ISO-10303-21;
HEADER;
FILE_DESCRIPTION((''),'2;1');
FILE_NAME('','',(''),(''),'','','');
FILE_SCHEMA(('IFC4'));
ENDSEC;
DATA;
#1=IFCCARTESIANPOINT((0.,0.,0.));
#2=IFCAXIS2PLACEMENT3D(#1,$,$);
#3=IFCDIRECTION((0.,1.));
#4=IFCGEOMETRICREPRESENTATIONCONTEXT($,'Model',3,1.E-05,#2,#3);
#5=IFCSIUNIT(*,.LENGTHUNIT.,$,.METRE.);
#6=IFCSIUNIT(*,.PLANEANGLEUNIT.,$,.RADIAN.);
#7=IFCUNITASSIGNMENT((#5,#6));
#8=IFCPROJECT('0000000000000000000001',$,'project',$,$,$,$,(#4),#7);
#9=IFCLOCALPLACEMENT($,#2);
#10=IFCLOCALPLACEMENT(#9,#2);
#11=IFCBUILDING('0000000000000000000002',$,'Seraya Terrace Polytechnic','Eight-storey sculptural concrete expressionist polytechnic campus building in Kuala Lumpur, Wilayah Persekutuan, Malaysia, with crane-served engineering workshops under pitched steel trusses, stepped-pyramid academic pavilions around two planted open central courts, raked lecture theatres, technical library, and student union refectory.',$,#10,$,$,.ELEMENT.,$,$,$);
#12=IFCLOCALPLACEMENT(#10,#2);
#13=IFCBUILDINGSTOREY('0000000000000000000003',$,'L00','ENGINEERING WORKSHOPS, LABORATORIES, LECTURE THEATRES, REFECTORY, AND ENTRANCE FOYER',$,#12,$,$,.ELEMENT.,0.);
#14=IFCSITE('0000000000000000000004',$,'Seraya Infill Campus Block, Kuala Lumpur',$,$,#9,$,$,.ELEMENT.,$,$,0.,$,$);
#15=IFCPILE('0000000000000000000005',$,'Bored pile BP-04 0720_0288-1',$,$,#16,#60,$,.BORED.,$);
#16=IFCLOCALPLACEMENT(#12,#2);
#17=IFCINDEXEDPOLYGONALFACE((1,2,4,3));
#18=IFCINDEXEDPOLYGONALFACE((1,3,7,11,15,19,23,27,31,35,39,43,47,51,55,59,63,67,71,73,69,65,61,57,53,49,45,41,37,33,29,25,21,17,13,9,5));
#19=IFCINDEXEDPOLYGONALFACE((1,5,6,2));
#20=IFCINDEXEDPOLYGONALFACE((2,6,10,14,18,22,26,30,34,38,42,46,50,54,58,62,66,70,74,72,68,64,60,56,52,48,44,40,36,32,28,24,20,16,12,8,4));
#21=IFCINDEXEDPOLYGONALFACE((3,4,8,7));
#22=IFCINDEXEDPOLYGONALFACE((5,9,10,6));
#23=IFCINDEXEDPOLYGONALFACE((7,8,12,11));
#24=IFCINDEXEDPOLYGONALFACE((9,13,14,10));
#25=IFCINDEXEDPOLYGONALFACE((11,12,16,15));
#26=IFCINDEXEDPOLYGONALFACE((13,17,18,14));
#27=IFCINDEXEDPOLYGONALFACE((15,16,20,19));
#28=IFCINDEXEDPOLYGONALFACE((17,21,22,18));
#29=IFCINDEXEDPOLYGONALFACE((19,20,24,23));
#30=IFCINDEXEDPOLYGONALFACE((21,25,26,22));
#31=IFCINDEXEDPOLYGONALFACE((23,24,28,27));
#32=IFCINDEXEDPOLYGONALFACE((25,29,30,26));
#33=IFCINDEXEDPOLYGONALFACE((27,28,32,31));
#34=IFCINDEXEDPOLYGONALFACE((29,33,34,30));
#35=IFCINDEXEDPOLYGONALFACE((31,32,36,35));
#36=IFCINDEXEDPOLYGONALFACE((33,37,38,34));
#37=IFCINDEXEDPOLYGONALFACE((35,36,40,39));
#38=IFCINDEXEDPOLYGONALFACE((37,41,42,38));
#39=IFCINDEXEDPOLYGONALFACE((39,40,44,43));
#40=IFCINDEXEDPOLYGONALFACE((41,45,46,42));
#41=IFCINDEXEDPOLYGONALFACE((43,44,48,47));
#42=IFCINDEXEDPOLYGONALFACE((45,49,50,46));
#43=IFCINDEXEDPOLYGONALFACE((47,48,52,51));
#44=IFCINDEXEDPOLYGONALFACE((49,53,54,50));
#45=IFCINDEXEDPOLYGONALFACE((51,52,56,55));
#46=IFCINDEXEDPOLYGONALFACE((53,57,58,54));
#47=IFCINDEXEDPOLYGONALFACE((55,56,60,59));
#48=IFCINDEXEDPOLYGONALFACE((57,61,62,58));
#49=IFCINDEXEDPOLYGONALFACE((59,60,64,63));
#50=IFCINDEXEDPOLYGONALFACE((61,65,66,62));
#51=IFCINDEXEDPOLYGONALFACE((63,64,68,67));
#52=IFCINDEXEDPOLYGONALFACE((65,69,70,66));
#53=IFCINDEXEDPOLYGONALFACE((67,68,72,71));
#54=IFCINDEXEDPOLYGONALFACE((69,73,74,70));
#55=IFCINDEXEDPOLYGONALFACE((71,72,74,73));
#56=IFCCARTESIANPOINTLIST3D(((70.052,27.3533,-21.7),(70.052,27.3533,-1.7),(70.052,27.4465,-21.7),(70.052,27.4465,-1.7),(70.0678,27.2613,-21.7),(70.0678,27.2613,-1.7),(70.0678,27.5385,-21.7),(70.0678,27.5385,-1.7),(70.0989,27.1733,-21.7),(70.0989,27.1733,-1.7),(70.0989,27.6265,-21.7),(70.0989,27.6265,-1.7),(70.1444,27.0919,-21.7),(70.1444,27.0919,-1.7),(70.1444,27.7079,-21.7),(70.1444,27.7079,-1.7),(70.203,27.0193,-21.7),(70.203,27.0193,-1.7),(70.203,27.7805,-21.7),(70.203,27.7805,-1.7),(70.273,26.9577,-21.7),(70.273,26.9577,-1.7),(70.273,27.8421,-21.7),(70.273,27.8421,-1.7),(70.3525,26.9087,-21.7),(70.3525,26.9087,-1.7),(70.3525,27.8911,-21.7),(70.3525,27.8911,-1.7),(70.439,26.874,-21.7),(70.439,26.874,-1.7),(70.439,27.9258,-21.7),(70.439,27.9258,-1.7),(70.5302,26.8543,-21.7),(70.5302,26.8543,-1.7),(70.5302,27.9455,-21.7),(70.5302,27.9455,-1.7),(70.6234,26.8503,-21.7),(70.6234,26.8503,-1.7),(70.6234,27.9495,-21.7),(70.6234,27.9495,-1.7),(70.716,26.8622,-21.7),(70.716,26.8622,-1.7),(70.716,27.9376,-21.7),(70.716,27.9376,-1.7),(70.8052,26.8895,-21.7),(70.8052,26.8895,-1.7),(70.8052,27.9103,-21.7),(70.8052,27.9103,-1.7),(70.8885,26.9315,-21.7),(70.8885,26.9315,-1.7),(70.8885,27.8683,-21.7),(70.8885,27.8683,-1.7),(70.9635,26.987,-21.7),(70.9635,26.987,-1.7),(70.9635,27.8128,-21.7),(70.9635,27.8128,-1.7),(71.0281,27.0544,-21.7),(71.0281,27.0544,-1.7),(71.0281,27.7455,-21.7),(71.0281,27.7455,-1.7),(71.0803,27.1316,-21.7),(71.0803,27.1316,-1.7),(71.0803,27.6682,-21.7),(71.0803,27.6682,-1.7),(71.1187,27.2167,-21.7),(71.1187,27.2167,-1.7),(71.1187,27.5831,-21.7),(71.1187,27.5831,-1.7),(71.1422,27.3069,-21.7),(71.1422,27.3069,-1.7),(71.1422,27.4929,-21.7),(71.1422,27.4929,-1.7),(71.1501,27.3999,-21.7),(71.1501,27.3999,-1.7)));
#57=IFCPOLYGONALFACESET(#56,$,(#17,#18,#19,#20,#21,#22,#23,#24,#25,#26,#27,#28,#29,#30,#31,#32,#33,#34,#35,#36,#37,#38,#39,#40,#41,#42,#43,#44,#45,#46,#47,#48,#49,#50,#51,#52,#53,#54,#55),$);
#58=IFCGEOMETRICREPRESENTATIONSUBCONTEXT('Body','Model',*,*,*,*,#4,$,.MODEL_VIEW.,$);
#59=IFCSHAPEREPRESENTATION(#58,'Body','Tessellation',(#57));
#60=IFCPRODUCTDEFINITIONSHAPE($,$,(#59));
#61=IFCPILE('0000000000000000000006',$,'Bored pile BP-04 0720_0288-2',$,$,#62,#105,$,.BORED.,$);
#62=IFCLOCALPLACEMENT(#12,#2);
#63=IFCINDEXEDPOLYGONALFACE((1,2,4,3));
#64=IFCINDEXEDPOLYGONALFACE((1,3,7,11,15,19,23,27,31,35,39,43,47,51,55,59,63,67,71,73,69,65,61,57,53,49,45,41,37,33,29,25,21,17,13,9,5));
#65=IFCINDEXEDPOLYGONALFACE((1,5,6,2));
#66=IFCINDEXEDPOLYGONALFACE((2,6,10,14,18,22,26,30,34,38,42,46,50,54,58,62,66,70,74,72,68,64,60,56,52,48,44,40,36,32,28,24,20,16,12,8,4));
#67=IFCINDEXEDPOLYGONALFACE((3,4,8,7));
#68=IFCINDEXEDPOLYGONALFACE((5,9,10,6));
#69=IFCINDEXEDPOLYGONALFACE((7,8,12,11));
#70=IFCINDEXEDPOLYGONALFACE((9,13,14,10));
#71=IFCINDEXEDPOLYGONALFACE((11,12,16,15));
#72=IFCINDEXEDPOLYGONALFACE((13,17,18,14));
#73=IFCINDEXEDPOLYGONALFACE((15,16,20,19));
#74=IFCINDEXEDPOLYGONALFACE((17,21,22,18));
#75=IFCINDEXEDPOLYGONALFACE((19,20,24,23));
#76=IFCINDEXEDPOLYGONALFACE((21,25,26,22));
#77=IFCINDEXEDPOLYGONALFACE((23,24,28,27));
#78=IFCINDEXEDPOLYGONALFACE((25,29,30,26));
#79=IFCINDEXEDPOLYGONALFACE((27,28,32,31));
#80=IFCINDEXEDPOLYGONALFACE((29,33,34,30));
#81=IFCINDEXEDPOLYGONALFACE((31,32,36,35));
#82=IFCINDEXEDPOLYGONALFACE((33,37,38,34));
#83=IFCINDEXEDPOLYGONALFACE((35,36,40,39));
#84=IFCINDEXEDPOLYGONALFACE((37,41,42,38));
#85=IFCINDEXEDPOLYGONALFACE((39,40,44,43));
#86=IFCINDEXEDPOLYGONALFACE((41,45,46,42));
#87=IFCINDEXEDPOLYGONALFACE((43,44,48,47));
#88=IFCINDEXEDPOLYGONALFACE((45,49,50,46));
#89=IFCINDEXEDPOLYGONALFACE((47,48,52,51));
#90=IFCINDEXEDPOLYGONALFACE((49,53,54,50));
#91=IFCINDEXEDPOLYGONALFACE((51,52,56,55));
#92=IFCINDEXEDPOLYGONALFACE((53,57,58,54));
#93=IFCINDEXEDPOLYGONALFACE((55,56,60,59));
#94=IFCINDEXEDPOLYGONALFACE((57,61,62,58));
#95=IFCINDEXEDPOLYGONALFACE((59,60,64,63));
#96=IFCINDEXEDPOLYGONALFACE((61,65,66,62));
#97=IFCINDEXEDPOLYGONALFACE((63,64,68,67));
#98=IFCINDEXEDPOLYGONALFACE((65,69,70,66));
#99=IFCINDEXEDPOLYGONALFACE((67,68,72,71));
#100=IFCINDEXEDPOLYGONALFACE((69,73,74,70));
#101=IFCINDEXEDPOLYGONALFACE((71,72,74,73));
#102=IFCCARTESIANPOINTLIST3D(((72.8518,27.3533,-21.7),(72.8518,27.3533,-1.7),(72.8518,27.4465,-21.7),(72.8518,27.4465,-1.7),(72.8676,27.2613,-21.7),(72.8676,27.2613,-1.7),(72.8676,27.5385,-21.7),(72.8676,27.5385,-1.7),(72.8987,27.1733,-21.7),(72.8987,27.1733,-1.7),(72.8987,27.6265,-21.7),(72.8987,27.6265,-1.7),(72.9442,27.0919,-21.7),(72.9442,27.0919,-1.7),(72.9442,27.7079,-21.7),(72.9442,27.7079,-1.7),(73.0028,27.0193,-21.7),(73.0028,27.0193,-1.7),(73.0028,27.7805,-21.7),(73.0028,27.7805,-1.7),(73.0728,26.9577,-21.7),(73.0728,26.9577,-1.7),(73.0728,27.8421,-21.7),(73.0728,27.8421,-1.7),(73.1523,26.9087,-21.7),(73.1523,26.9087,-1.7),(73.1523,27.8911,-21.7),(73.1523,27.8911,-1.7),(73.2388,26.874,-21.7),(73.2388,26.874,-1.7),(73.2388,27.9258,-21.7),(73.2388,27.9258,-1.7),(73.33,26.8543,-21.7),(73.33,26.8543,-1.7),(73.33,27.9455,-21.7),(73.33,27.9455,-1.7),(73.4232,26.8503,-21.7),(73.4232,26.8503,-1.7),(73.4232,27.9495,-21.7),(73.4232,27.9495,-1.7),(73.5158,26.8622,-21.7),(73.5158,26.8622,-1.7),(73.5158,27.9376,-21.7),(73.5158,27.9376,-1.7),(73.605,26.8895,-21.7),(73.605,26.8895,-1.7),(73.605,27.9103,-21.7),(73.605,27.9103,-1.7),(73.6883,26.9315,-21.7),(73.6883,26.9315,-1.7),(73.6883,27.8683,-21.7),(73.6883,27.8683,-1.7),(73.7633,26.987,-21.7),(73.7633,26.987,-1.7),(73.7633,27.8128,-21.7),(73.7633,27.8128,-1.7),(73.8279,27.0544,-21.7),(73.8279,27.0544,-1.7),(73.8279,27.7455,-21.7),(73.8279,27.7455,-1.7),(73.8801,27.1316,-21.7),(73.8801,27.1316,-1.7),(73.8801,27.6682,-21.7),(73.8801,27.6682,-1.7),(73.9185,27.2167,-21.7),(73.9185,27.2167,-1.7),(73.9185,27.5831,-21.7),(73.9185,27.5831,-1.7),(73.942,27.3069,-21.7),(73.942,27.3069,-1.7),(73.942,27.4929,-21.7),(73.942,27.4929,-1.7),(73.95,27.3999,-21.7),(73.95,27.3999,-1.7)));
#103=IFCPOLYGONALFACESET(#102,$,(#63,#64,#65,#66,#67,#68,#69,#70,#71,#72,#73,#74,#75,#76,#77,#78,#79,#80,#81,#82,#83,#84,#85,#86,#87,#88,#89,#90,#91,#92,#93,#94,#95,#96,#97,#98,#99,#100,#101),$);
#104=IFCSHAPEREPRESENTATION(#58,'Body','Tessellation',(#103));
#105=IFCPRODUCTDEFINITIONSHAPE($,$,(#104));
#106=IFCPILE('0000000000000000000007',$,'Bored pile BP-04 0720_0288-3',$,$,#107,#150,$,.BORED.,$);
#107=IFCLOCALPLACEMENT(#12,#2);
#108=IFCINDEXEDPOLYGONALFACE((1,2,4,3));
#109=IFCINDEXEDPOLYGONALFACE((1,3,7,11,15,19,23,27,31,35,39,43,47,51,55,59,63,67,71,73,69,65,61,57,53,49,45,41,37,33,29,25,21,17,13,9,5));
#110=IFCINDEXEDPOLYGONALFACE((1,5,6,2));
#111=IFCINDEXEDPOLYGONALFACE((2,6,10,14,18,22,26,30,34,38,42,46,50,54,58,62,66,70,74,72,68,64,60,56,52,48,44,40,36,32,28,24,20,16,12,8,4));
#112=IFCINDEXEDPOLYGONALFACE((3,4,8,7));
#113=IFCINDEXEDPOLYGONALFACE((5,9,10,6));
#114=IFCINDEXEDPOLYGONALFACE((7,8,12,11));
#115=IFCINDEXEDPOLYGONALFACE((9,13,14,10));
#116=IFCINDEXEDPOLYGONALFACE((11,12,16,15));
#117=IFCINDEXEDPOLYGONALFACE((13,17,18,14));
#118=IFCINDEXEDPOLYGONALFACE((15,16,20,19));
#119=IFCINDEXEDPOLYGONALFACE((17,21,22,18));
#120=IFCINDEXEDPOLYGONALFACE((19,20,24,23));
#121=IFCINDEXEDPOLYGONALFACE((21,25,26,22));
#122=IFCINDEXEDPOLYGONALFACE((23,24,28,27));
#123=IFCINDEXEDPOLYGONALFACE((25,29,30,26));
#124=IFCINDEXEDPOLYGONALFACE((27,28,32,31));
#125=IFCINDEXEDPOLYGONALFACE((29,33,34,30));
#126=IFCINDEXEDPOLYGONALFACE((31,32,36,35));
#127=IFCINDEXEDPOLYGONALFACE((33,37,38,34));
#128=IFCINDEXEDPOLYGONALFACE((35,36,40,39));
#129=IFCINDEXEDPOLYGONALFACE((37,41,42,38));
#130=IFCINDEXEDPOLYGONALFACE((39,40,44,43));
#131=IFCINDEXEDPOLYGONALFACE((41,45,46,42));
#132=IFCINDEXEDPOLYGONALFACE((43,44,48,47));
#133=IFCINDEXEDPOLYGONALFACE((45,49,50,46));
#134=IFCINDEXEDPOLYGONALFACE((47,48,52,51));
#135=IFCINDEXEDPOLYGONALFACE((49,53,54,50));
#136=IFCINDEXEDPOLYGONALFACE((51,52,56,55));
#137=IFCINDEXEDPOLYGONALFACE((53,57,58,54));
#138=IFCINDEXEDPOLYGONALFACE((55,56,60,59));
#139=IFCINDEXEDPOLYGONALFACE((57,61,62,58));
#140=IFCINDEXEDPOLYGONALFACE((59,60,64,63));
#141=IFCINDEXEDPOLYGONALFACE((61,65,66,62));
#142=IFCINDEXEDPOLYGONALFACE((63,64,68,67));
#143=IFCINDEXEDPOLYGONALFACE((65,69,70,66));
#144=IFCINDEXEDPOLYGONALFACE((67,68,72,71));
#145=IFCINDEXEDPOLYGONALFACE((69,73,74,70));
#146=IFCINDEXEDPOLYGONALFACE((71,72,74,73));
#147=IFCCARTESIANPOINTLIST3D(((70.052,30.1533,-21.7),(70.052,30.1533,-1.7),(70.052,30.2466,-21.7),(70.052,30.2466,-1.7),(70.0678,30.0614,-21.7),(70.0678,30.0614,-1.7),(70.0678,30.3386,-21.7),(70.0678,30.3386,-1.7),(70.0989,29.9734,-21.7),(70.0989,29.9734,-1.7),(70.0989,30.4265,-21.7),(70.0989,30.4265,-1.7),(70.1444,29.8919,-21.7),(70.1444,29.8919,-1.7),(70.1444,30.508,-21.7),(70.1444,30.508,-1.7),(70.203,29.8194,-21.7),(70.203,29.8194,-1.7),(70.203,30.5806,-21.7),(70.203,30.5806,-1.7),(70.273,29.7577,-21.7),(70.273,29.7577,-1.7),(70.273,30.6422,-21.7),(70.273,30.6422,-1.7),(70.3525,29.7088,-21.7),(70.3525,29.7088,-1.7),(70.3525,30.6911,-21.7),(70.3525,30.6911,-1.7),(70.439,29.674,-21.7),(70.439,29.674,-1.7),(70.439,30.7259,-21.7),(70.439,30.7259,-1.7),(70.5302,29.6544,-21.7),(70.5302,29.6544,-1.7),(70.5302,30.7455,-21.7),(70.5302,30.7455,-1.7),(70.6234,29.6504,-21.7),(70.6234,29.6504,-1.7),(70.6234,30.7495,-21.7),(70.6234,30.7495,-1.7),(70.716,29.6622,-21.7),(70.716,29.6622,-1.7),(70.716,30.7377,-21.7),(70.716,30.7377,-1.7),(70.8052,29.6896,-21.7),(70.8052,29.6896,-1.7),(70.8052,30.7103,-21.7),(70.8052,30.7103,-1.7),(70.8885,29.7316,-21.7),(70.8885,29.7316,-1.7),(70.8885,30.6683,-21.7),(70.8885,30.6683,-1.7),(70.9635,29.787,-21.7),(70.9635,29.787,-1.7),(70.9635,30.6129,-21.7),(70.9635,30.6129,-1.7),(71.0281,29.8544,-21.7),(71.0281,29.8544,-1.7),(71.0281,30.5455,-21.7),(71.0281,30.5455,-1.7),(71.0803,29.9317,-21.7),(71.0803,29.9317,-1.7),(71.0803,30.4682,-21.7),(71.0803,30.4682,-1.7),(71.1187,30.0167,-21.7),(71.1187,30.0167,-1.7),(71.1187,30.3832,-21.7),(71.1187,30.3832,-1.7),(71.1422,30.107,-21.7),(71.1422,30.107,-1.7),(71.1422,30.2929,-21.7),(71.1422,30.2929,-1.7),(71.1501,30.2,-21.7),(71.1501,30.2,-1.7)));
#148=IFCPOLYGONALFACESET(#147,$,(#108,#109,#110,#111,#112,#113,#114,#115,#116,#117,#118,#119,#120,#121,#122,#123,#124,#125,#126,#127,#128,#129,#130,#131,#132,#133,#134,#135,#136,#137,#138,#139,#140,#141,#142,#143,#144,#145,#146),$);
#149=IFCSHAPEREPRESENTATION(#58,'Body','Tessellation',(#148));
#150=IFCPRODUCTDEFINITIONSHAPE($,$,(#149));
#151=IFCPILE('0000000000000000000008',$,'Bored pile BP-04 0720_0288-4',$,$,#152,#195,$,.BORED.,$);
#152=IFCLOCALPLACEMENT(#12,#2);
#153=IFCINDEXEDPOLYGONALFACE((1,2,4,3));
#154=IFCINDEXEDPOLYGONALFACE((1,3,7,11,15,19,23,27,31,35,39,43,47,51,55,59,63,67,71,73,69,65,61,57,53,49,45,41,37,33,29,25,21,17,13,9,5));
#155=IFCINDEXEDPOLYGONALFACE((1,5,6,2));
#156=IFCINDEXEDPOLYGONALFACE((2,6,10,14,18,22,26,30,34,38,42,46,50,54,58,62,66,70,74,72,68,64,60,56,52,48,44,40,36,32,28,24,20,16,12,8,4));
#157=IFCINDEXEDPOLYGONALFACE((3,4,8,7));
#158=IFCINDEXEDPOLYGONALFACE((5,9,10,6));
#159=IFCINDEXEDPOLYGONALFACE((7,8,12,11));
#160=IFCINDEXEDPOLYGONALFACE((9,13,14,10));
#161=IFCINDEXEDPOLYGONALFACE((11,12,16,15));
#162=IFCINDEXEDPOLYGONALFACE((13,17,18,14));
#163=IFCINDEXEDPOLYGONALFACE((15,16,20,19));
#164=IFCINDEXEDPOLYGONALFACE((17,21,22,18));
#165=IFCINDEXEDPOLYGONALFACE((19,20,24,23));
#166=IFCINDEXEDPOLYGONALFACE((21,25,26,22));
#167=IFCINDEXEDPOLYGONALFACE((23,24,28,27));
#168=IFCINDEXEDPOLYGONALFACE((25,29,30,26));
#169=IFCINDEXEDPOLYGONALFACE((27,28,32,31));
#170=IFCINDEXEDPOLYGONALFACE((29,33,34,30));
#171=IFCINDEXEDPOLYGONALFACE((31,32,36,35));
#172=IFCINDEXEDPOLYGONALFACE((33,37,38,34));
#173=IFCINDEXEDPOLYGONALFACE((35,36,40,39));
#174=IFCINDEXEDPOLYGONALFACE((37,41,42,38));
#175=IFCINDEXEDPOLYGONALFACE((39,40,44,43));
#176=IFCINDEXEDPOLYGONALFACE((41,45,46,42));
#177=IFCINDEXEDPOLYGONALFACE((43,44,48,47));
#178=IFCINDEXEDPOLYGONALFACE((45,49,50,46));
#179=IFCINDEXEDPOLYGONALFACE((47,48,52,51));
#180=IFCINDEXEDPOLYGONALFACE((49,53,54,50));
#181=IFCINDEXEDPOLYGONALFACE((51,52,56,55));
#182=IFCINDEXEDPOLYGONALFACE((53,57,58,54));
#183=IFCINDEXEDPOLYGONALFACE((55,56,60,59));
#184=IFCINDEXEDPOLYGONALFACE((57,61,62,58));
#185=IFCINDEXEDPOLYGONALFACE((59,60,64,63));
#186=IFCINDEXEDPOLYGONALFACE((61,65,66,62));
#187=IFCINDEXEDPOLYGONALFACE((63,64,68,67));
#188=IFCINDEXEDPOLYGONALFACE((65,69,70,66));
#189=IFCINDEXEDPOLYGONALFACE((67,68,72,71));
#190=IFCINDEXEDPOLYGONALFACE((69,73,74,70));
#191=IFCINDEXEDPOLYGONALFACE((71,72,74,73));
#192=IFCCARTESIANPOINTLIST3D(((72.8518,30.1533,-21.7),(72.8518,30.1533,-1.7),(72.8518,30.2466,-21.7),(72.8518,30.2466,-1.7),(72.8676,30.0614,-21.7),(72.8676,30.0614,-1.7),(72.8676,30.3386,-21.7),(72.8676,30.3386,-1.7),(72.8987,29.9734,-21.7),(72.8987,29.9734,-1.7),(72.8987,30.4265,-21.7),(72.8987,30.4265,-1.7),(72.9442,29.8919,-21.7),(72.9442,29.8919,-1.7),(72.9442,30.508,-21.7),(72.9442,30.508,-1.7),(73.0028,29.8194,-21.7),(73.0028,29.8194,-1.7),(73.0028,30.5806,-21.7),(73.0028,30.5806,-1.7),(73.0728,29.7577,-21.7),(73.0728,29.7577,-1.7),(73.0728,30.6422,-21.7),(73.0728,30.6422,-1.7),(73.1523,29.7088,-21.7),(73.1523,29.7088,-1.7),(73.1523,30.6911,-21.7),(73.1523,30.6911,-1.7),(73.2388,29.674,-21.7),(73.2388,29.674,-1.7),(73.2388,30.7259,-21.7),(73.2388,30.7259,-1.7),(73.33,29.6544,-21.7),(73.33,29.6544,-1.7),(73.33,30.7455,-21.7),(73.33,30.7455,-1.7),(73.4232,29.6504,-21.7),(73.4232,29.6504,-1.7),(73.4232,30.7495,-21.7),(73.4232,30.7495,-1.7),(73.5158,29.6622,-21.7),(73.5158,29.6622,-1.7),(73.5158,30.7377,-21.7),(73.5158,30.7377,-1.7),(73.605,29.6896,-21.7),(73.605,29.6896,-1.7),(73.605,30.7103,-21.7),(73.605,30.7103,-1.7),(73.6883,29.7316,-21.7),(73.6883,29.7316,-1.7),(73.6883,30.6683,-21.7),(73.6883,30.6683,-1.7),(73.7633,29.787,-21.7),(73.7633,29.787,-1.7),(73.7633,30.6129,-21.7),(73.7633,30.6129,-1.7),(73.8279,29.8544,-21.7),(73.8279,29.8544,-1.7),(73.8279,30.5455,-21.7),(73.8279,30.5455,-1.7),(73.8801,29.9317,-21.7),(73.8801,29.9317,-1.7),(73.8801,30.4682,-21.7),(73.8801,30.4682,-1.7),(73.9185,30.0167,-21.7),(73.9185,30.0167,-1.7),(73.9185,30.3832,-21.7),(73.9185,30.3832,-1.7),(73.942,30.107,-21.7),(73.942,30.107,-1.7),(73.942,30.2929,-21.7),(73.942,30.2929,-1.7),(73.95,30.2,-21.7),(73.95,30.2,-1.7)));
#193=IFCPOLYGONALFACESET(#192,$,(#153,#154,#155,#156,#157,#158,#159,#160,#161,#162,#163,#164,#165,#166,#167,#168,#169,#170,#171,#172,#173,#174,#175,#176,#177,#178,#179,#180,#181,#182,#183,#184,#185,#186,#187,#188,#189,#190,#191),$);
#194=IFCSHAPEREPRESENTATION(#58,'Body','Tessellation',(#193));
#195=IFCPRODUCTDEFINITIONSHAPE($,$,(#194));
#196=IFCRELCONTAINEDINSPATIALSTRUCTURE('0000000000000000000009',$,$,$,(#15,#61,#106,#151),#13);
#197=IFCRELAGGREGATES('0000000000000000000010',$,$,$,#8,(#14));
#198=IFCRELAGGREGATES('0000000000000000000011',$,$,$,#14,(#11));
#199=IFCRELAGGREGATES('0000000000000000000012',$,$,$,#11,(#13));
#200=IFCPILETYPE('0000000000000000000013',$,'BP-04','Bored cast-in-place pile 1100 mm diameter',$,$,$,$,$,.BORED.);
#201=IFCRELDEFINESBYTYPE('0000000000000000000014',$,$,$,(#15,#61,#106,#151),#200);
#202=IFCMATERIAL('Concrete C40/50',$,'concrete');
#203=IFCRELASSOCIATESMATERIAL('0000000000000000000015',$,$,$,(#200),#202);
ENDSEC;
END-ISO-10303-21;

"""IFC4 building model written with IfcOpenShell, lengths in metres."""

from ifc_helpers import new_model, si_unit, direction, frame, origin, origin_2d, place, context, subcontext, project, spatial, circle, extrude, material, material_profile, profile_set, type_object, element, save


model = new_model("IFC4")

# Units and contexts
model_context = context("Model", 3, precision=1e-05, world=origin(), true_north=direction((0.0, 1.0)))
body_context = subcontext(model_context, "Body", "Model", "MODEL_VIEW")
ifc_project = project(units=[si_unit("LENGTHUNIT", "METRE"), si_unit("PLANEANGLEUNIT", "RADIAN")], contexts=[model_context])

# Site, building, storey
site_placement = place(None, origin())
site = spatial("IfcSite", under=ifc_project, at=site_placement, Name="Seraya Infill Campus Block, Kuala Lumpur", CompositionType="ELEMENT", RefElevation=0.0)
building_placement = place(site_placement, origin())
building = spatial("IfcBuilding", under=site, at=building_placement, Name="Seraya Terrace Polytechnic", Description="Eight-storey sculptural concrete expressionist polytechnic campus building in Kuala Lumpur, Wilayah Persekutuan, Malaysia, with crane-served engineering workshops under pitched steel trusses, stepped-pyramid academic pavilions around two planted open central courts, raked lecture theatres, technical library, and student union refectory.", CompositionType="ELEMENT")
storey_placement = place(building_placement, origin())
storey = spatial("IfcBuildingStorey", under=building, at=storey_placement, Name="L00", Description="ENGINEERING WORKSHOPS, LABORATORIES, LECTURE THEATRES, REFECTORY, AND ENTRANCE FOYER", CompositionType="ELEMENT", Elevation=0.0)

# Piles
ifc_material_1 = material(Name="Concrete C40/50", Category="concrete")
ifc_material_profile_1 = material_profile(ifc_material_1, circle(Radius=0.55, at=origin_2d()), Name="DIA 1100")
ifc_profile_set_1 = profile_set([ifc_material_profile_1], Name="Concrete C40/50")
pile_type_1 = type_object("IfcPileType", Name="BP-04", Description="Bored cast-in-place pile 1100 mm diameter", PredefinedType="BORED", material=ifc_profile_set_1)
for number, where, z_axis, x_axis, name in (
    (1, (70.6001, 27.3999, -1.7), (0.0, 0.0, -1.0), (1.0, 0.0, 0.0), "Bored pile BP-04 0720_0288-1"),
    (2, (73.3999, 27.3999, -1.7), (0.0, 0.0, -1.0), (1.0, 0.0, 0.0), "Bored pile BP-04 0720_0288-2"),
    (3, (70.6001, 30.2, -1.7), (0.0, 0.0, -1.0), (1.0, 0.0, 0.0), "Bored pile BP-04 0720_0288-3"),
    (4, (73.3999, 30.2, -1.7), (0.0, 0.0, -1.0), (1.0, 0.0, 0.0), "Bored pile BP-04 0720_0288-4"),
):
    element("IfcPile", number, at=place(storey_placement, frame(where, z_axis=z_axis, x_axis=x_axis)), inside=storey, type_object=pile_type_1, Name=name, PredefinedType="BORED", context=body_context, shape_type="SweptSolid", body=[
        extrude(circle(Radius=0.55, at=origin_2d()), origin(), (0.0, 0.0, 1.0), 20.0),
    ])

save(model, "model.ifc")
